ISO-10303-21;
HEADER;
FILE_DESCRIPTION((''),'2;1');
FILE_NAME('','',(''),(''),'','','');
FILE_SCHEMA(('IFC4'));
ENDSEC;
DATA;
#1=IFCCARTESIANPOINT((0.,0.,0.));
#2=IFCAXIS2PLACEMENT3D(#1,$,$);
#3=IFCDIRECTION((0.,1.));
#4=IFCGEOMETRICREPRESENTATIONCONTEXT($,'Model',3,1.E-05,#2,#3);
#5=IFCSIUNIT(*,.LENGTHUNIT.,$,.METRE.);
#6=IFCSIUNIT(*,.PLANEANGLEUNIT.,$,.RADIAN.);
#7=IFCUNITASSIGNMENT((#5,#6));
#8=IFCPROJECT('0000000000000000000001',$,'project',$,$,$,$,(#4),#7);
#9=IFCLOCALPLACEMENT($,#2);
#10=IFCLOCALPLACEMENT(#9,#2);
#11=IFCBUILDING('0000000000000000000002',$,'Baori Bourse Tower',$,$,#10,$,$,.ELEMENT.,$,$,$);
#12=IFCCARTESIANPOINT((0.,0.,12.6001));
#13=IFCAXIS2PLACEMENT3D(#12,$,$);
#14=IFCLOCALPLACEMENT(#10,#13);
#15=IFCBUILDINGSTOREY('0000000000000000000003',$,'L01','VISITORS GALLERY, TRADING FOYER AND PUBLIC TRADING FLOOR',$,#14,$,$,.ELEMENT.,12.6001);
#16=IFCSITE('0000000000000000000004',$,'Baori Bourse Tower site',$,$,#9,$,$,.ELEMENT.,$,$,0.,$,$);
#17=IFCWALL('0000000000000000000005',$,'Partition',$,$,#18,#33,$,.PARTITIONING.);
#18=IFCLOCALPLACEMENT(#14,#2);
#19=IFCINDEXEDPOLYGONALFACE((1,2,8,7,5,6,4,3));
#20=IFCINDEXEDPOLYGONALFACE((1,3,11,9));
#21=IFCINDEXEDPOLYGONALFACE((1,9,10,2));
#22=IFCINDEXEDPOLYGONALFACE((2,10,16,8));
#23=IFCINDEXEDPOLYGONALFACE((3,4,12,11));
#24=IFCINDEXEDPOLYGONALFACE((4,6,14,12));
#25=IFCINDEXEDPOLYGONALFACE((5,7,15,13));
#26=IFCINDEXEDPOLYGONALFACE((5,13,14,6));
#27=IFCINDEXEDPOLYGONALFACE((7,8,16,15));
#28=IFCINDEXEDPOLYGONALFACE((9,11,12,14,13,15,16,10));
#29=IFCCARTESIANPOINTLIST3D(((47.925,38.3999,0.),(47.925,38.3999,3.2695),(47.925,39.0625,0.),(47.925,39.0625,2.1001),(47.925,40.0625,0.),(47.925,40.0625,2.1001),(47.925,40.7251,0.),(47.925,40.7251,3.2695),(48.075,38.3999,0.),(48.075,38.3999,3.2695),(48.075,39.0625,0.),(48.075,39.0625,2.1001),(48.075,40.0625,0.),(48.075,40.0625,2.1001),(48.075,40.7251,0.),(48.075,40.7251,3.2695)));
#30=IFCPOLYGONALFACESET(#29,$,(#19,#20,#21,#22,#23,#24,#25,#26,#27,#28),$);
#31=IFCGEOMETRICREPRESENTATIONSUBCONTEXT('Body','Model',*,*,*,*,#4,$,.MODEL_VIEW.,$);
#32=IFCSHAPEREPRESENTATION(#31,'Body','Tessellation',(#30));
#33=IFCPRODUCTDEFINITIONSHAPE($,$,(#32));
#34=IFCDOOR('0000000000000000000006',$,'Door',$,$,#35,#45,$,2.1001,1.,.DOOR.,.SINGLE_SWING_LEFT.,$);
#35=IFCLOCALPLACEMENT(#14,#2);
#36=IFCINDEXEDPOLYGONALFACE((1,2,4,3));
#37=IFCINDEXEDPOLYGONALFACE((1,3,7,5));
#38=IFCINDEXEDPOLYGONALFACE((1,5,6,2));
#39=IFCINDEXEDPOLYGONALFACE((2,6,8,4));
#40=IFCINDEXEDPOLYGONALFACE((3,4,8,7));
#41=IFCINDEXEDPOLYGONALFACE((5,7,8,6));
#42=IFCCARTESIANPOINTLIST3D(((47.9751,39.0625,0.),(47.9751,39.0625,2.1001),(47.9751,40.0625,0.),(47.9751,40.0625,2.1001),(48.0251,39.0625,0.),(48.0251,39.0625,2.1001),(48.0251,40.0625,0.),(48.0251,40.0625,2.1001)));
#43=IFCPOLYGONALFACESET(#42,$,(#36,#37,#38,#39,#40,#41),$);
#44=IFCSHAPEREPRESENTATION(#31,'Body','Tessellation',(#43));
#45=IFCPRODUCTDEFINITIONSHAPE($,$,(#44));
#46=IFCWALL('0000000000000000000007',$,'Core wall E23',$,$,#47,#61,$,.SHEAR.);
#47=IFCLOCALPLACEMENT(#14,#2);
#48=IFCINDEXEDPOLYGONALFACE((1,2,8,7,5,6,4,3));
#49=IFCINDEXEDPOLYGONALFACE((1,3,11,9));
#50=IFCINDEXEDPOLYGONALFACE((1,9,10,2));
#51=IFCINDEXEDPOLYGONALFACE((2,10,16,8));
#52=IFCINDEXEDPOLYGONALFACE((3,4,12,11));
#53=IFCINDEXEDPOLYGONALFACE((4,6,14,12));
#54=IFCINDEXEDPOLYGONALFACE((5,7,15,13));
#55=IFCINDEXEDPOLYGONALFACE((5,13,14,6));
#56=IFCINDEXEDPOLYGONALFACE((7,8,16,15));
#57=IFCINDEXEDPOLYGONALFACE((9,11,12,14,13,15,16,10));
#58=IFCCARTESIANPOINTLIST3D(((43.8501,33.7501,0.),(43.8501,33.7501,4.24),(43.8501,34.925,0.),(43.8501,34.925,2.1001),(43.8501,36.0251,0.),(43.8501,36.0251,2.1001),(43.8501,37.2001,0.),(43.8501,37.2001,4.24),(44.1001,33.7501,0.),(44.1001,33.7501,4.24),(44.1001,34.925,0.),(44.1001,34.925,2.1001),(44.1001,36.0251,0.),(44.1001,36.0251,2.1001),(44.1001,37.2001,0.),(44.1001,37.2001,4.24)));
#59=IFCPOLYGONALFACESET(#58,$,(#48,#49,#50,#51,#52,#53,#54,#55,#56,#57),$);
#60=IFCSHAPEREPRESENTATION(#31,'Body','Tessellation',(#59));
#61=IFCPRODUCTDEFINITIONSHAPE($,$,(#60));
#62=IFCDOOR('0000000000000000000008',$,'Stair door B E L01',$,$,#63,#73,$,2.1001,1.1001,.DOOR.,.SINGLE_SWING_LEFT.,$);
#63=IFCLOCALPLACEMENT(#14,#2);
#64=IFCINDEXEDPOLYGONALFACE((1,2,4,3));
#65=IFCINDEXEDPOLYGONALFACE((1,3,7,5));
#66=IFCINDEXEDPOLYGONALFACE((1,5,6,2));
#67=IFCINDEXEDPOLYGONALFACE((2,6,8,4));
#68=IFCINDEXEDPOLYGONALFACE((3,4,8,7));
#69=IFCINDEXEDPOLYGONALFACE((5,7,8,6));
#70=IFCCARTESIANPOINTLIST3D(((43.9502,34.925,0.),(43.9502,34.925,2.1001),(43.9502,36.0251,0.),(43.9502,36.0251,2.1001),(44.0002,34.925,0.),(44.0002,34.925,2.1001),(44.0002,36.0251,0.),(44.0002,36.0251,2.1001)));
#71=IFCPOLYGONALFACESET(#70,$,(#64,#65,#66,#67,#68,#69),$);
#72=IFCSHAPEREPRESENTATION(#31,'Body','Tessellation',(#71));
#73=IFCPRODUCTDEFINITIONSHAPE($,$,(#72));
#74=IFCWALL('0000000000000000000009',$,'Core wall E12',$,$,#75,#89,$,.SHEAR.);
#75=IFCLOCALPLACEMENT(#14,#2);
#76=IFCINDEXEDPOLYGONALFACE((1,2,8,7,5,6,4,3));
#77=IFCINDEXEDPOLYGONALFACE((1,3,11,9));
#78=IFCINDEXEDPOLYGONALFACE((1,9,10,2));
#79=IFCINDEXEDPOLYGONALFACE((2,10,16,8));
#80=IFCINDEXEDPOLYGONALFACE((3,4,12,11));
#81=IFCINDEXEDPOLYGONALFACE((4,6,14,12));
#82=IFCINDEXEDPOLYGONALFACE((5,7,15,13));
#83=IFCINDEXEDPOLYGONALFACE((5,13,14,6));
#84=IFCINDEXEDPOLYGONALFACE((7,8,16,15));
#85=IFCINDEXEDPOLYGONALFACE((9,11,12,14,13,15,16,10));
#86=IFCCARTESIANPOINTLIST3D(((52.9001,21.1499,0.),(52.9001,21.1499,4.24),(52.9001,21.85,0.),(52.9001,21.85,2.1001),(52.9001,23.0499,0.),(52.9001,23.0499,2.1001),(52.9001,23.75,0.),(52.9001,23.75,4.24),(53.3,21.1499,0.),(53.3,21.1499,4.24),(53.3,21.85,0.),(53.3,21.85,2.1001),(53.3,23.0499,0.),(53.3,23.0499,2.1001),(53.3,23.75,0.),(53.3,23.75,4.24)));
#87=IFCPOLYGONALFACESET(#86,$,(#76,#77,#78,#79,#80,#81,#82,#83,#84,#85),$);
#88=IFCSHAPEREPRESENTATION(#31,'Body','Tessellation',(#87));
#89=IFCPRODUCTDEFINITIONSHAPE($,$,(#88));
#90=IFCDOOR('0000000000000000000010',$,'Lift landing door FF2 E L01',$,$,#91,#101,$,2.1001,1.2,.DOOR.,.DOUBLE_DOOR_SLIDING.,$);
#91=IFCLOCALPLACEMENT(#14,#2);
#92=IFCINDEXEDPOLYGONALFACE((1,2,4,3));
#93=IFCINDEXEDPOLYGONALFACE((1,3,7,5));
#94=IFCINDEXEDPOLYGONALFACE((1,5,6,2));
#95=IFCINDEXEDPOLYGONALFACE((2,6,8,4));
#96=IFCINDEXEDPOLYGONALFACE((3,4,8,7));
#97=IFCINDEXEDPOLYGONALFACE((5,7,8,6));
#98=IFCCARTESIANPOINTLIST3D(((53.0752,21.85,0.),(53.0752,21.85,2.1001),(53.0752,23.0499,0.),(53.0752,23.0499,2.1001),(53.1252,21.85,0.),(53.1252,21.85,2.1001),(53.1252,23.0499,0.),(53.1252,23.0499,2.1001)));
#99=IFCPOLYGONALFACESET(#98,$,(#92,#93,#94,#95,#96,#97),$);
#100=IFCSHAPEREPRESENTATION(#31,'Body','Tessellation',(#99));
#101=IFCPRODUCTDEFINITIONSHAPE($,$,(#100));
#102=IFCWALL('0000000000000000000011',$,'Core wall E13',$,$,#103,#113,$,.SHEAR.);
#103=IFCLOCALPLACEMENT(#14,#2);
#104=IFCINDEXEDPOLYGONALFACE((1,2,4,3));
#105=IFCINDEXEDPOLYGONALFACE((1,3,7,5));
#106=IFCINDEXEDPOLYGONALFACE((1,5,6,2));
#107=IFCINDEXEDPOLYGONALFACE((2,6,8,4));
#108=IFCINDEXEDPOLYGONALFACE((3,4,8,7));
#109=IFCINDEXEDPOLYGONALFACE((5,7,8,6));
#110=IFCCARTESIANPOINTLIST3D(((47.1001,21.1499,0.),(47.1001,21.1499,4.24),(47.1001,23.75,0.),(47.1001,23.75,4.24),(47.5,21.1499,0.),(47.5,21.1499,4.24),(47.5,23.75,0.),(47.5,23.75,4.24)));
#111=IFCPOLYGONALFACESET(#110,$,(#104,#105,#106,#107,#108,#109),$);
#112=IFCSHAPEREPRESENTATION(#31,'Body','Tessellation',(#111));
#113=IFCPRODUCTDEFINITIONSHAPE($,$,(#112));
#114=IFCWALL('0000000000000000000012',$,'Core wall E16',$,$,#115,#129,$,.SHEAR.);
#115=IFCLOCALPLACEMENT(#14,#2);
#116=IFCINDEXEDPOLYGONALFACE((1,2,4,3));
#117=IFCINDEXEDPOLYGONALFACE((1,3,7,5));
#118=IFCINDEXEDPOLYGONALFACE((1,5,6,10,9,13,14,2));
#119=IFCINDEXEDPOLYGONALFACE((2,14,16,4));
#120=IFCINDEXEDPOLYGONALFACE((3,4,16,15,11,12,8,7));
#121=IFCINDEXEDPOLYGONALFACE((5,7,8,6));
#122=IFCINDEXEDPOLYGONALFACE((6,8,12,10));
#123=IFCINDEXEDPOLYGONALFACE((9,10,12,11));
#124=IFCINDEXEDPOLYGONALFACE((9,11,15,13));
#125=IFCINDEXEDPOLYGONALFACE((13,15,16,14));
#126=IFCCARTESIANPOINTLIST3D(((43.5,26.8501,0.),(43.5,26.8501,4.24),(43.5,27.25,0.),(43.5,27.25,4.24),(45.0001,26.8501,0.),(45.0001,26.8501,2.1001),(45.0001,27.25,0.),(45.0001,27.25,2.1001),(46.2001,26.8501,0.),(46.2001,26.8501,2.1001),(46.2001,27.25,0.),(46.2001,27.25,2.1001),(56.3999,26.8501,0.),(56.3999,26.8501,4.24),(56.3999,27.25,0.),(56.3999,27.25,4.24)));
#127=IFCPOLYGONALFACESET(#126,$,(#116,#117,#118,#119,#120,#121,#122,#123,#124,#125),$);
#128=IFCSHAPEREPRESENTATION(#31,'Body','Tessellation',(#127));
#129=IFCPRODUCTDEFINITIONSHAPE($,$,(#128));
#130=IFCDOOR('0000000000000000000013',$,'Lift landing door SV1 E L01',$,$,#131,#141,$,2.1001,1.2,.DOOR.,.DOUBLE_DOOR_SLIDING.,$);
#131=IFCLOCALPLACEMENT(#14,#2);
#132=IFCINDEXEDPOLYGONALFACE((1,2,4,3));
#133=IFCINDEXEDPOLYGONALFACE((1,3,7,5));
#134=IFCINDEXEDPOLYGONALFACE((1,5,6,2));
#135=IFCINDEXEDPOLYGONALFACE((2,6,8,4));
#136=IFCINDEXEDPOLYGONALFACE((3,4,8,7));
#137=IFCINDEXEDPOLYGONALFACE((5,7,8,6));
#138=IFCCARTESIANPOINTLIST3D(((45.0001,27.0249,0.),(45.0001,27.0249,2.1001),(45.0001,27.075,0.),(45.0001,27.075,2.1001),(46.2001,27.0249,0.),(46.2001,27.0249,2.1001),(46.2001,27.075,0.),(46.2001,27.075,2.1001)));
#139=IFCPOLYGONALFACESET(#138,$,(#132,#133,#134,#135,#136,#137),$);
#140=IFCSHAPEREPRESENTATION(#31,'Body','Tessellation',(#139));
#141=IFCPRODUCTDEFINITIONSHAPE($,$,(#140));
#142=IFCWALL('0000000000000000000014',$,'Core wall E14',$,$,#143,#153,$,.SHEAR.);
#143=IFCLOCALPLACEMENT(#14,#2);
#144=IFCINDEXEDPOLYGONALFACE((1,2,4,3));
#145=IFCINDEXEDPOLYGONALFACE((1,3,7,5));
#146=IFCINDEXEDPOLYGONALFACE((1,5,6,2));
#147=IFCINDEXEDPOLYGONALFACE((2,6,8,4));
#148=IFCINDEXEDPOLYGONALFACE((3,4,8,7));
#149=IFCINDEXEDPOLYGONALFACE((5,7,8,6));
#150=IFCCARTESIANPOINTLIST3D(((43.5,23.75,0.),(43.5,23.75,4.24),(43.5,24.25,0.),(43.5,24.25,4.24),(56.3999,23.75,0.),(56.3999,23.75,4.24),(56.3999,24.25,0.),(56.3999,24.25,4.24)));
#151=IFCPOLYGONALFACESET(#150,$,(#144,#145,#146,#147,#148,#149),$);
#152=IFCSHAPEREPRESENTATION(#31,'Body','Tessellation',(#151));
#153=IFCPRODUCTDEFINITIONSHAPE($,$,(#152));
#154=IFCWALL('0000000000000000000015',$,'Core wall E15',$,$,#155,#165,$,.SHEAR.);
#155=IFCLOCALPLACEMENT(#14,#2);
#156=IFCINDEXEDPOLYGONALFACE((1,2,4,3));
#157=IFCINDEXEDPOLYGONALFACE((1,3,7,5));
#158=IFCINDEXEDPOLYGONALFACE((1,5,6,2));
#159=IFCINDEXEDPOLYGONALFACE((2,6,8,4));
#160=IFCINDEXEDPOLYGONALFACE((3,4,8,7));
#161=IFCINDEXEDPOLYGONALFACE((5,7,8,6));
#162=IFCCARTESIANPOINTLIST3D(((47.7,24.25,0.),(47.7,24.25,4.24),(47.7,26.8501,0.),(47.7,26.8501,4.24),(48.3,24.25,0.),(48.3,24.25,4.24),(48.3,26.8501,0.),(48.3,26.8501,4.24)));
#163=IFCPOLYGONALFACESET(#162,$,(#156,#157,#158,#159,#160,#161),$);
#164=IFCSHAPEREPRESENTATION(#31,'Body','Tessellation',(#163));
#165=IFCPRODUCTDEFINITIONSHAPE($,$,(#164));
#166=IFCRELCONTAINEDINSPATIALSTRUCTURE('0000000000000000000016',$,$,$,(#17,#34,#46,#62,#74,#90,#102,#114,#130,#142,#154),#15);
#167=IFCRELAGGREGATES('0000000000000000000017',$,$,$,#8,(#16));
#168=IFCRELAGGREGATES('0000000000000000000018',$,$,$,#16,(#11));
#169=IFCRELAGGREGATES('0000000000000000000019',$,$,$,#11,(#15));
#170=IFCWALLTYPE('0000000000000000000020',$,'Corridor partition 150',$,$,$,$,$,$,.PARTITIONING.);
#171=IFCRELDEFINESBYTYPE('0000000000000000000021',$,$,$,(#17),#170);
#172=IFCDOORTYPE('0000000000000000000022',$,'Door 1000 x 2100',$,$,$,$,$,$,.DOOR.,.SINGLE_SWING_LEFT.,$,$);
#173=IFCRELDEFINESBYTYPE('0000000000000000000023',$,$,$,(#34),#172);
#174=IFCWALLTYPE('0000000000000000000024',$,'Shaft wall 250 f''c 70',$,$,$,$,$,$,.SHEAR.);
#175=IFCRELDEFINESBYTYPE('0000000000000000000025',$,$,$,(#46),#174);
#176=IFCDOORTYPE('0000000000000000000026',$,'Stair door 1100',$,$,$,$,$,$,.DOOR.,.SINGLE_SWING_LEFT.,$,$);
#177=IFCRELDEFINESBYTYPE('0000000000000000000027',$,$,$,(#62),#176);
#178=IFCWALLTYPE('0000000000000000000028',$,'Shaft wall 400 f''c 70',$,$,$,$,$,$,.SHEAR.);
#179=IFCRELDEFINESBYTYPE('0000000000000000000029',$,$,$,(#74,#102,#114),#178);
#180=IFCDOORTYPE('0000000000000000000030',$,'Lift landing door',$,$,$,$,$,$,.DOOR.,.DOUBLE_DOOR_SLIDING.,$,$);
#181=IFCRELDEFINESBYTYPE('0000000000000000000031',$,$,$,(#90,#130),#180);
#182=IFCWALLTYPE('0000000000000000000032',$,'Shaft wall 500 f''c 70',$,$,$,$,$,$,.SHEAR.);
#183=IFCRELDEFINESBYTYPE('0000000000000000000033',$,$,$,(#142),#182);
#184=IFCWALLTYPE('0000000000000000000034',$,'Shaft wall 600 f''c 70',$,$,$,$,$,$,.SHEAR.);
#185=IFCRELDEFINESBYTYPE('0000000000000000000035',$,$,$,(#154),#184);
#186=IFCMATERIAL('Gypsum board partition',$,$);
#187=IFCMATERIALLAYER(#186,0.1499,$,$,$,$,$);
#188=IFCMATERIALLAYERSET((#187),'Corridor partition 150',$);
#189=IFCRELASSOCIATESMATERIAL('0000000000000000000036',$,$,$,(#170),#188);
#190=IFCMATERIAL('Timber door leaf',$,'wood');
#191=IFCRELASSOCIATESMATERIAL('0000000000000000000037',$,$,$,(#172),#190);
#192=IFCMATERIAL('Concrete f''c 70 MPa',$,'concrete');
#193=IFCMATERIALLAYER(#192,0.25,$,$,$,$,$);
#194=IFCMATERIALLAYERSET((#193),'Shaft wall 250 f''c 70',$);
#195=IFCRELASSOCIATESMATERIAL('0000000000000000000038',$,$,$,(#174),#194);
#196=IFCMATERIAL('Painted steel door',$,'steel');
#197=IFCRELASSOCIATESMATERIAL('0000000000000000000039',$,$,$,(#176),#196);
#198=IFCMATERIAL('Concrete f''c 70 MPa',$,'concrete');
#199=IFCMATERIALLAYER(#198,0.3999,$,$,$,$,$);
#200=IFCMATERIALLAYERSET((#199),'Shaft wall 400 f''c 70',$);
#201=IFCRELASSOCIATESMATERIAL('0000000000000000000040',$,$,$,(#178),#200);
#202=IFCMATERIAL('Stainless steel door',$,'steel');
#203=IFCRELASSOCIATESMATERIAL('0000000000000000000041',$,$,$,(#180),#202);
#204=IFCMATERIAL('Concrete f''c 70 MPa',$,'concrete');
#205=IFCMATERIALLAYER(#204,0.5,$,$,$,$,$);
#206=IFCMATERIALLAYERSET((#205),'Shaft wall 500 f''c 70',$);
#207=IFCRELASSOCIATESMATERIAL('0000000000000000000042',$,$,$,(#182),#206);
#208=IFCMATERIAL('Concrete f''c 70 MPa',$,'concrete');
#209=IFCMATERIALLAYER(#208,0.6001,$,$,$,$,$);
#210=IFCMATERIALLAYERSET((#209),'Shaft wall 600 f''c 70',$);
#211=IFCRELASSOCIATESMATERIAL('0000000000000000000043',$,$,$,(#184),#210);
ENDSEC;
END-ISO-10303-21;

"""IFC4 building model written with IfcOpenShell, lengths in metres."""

from ifc_helpers import new_model, si_unit, direction, frame, frame_2d, origin, place, context, subcontext, project, spatial, rectangle, extrude, material, layer, layer_set, type_object, element, fill, save


model = new_model("IFC4")

# Units and contexts
model_context = context("Model", 3, precision=1e-05, world=origin(), true_north=direction((0.0, 1.0)))
body_context = subcontext(model_context, "Body", "Model", "MODEL_VIEW")
ifc_project = project(units=[si_unit("LENGTHUNIT", "METRE"), si_unit("PLANEANGLEUNIT", "RADIAN")], contexts=[model_context])

# Site, building, storey
site_placement = place(None, origin())
site = spatial("IfcSite", under=ifc_project, at=site_placement, Name="Baori Bourse Tower site", CompositionType="ELEMENT", RefElevation=0.0)
building_placement = place(site_placement, origin())
building = spatial("IfcBuilding", under=site, at=building_placement, Name="Baori Bourse Tower", CompositionType="ELEMENT")
storey_placement = place(building_placement, frame((0.0, 0.0, 12.6001)))
storey = spatial("IfcBuildingStorey", under=building, at=storey_placement, Name="L01", Description="VISITORS GALLERY, TRADING FOYER AND PUBLIC TRADING FLOOR", CompositionType="ELEMENT", Elevation=12.6001)

# Walls, openings, doors
ifc_material_1 = material(Name="Gypsum board partition")
ifc_layer_1 = layer(ifc_material_1, 0.1499)
ifc_layer_set_1 = layer_set([ifc_layer_1], Name="Corridor partition 150")
wall_type_1 = type_object("IfcWallType", Name="Corridor partition 150", PredefinedType="PARTITIONING", material=ifc_layer_set_1)
wall_1_placement = place(storey_placement, frame((48.0, 38.3999, 0.0), z_axis=(0.0, 0.0, 1.0), x_axis=(0.0, 1.0, 0.0)))
wall_1 = element("IfcWall", 1, at=wall_1_placement, inside=storey, type_object=wall_type_1, Name="Partition", PredefinedType="PARTITIONING", context=body_context, shape_type="SweptSolid", body=[
    extrude(rectangle(XDim=2.3252, YDim=0.1499, at=frame_2d((1.1626, 0.0))), origin(), (0.0, 0.0, 1.0), 3.2695),
])
opening_1_placement = place(wall_1_placement, frame((0.6626, 0.0, 0.0)))
opening_1 = element("IfcOpeningElement", 2, at=opening_1_placement, cuts=wall_1, PredefinedType="OPENING", context=body_context, shape_type="SweptSolid", body=[
    extrude(rectangle(XDim=1.0, YDim=2.1001, at=frame_2d((0.5, 1.05))), frame((0.0, 0.085, 0.0), z_axis=(0.0, -1.0, 0.0), x_axis=(1.0, 0.0, 0.0)), (0.0, 0.0, 1.0), 0.1699),
])
ifc_material_2 = material(Name="Timber door leaf", Category="wood")
door_type_1 = type_object("IfcDoorType", Name="Door 1000 x 2100", OperationType="SINGLE_SWING_LEFT", PredefinedType="DOOR", material=ifc_material_2)
door_1_placement = place(opening_1_placement, origin())
door_1 = element("IfcDoor", 3, at=door_1_placement, inside=storey, type_object=door_type_1, Name="Door", OperationType="SINGLE_SWING_LEFT", OverallHeight=2.1001, OverallWidth=1.0, PredefinedType="DOOR", context=body_context, shape_type="SweptSolid", body=[
    extrude(rectangle(XDim=1.0, YDim=2.1001, at=frame_2d((0.5, 1.05))), frame((0.0, 0.0249, 0.0), z_axis=(0.0, -1.0, 0.0), x_axis=(1.0, 0.0, 0.0)), (0.0, 0.0, 1.0), 0.05),
])
fill(opening_1, door_1)
ifc_material_3 = material(Name="Concrete f'c 70 MPa", Category="concrete")
ifc_layer_2 = layer(ifc_material_3, 0.25)
ifc_layer_set_2 = layer_set([ifc_layer_2], Name="Shaft wall 250 f'c 70")
wall_type_2 = type_object("IfcWallType", Name="Shaft wall 250 f'c 70", PredefinedType="SHEAR", material=ifc_layer_set_2)
wall_2_placement = place(storey_placement, frame((43.9751, 33.75, 0.0), z_axis=(0.0, 0.0, 1.0), x_axis=(0.0, 1.0, 0.0)))
wall_2 = element("IfcWall", 4, at=wall_2_placement, inside=storey, type_object=wall_type_2, Name="Core wall E23", PredefinedType="SHEAR", context=body_context, shape_type="SweptSolid", body=[
    extrude(rectangle(XDim=3.45, YDim=0.25, at=frame_2d((1.7251, 0.0))), origin(), (0.0, 0.0, 1.0), 4.24),
])
opening_2_placement = place(wall_2_placement, frame((1.175, 0.0, 0.0)))
opening_2 = element("IfcOpeningElement", 5, at=opening_2_placement, cuts=wall_2, PredefinedType="OPENING", context=body_context, shape_type="SweptSolid", body=[
    extrude(rectangle(XDim=1.1001, YDim=2.1001, at=frame_2d((0.55, 1.05))), frame((0.0, 0.135, 0.0), z_axis=(0.0, -1.0, 0.0), x_axis=(1.0, 0.0, 0.0)), (0.0, 0.0, 1.0), 0.27),
])
ifc_material_4 = material(Name="Painted steel door", Category="steel")
door_type_2 = type_object("IfcDoorType", Name="Stair door 1100", OperationType="SINGLE_SWING_LEFT", PredefinedType="DOOR", material=ifc_material_4)
door_2_placement = place(opening_2_placement, origin())
door_2 = element("IfcDoor", 6, at=door_2_placement, inside=storey, type_object=door_type_2, Name="Stair door B E L01", OperationType="SINGLE_SWING_LEFT", OverallHeight=2.1001, OverallWidth=1.1001, PredefinedType="DOOR", context=body_context, shape_type="SweptSolid", body=[
    extrude(rectangle(XDim=1.1001, YDim=2.1001, at=frame_2d((0.55, 1.05))), frame((0.0, 0.0249, 0.0), z_axis=(0.0, -1.0, 0.0), x_axis=(1.0, 0.0, 0.0)), (0.0, 0.0, 1.0), 0.05),
])
fill(opening_2, door_2)
ifc_material_5 = material(Name="Concrete f'c 70 MPa", Category="concrete")
ifc_layer_3 = layer(ifc_material_5, 0.3999)
ifc_layer_set_3 = layer_set([ifc_layer_3], Name="Shaft wall 400 f'c 70")
wall_type_3 = type_object("IfcWallType", Name="Shaft wall 400 f'c 70", PredefinedType="SHEAR", material=ifc_layer_set_3)
wall_3_placement = place(storey_placement, frame((53.1001, 21.1499, 0.0), z_axis=(0.0, 0.0, 1.0), x_axis=(0.0, 1.0, 0.0)))
wall_3 = element("IfcWall", 7, at=wall_3_placement, inside=storey, type_object=wall_type_3, Name="Core wall E12", PredefinedType="SHEAR", context=body_context, shape_type="SweptSolid", body=[
    extrude(rectangle(XDim=2.6001, YDim=0.3999, at=frame_2d((1.3, 0.0))), origin(), (0.0, 0.0, 1.0), 4.24),
])
opening_3_placement = place(wall_3_placement, frame((0.7, 0.0, 0.0)))
opening_3 = element("IfcOpeningElement", 8, at=opening_3_placement, cuts=wall_3, PredefinedType="OPENING", context=body_context, shape_type="SweptSolid", body=[
    extrude(rectangle(XDim=1.2, YDim=2.1001, at=frame_2d((0.6001, 1.05))), frame((0.0, 0.21, 0.0), z_axis=(0.0, -1.0, 0.0), x_axis=(1.0, 0.0, 0.0)), (0.0, 0.0, 1.0), 0.4199),
])
ifc_material_6 = material(Name="Stainless steel door", Category="steel")
door_type_3 = type_object("IfcDoorType", Name="Lift landing door", OperationType="DOUBLE_DOOR_SLIDING", PredefinedType="DOOR", material=ifc_material_6)
door_3_placement = place(opening_3_placement, origin())
door_3 = element("IfcDoor", 9, at=door_3_placement, inside=storey, type_object=door_type_3, Name="Lift landing door FF2 E L01", OperationType="DOUBLE_DOOR_SLIDING", OverallHeight=2.1001, OverallWidth=1.2, PredefinedType="DOOR", context=body_context, shape_type="SweptSolid", body=[
    extrude(rectangle(XDim=1.2, YDim=2.1001, at=frame_2d((0.6001, 1.05))), frame((0.0, 0.0249, 0.0), z_axis=(0.0, -1.0, 0.0), x_axis=(1.0, 0.0, 0.0)), (0.0, 0.0, 1.0), 0.05),
])
fill(opening_3, door_3)

# Wall
wall_4_placement = place(storey_placement, frame((47.3, 21.1499, 0.0), z_axis=(0.0, 0.0, 1.0), x_axis=(0.0, 1.0, 0.0)))
element("IfcWall", 10, at=wall_4_placement, inside=storey, type_object=wall_type_3, Name="Core wall E13", PredefinedType="SHEAR", context=body_context, shape_type="SweptSolid", body=[
    extrude(rectangle(XDim=2.6001, YDim=0.3999, at=frame_2d((1.3, 0.0))), origin(), (0.0, 0.0, 1.0), 4.24),
])

# Wall, opening, door
wall_5_placement = place(storey_placement, frame((43.5, 27.05, 0.0), z_axis=(0.0, 0.0, 1.0), x_axis=(1.0, 0.0, 0.0)))
wall_5 = element("IfcWall", 11, at=wall_5_placement, inside=storey, type_object=wall_type_3, Name="Core wall E16", PredefinedType="SHEAR", context=body_context, shape_type="SweptSolid", body=[
    extrude(rectangle(XDim=12.8999, YDim=0.3999, at=frame_2d((6.45, 0.0))), origin(), (0.0, 0.0, 1.0), 4.24),
])
opening_4_placement = place(wall_5_placement, frame((1.5, 0.0, 0.0)))
opening_4 = element("IfcOpeningElement", 12, at=opening_4_placement, cuts=wall_5, PredefinedType="OPENING", context=body_context, shape_type="SweptSolid", body=[
    extrude(rectangle(XDim=1.2, YDim=2.1001, at=frame_2d((0.6001, 1.05))), frame((0.0, 0.21, 0.0), z_axis=(0.0, -1.0, 0.0), x_axis=(1.0, 0.0, 0.0)), (0.0, 0.0, 1.0), 0.4199),
])
door_4_placement = place(opening_4_placement, origin())
door_4 = element("IfcDoor", 13, at=door_4_placement, inside=storey, type_object=door_type_3, Name="Lift landing door SV1 E L01", OperationType="DOUBLE_DOOR_SLIDING", OverallHeight=2.1001, OverallWidth=1.2, PredefinedType="DOOR", context=body_context, shape_type="SweptSolid", body=[
    extrude(rectangle(XDim=1.2, YDim=2.1001, at=frame_2d((0.6001, 1.05))), frame((0.0, 0.0249, 0.0), z_axis=(0.0, -1.0, 0.0), x_axis=(1.0, 0.0, 0.0)), (0.0, 0.0, 1.0), 0.05),
])
fill(opening_4, door_4)

# Walls
ifc_material_7 = material(Name="Concrete f'c 70 MPa", Category="concrete")
ifc_layer_4 = layer(ifc_material_7, 0.5)
ifc_layer_set_4 = layer_set([ifc_layer_4], Name="Shaft wall 500 f'c 70")
wall_type_4 = type_object("IfcWallType", Name="Shaft wall 500 f'c 70", PredefinedType="SHEAR", material=ifc_layer_set_4)
wall_6_placement = place(storey_placement, frame((43.5, 24.0, 0.0), z_axis=(0.0, 0.0, 1.0), x_axis=(1.0, 0.0, 0.0)))
element("IfcWall", 14, at=wall_6_placement, inside=storey, type_object=wall_type_4, Name="Core wall E14", PredefinedType="SHEAR", context=body_context, shape_type="SweptSolid", body=[
    extrude(rectangle(XDim=12.8999, YDim=0.5, at=frame_2d((6.45, 0.0))), origin(), (0.0, 0.0, 1.0), 4.24),
])
ifc_material_8 = material(Name="Concrete f'c 70 MPa", Category="concrete")
ifc_layer_5 = layer(ifc_material_8, 0.6001)
ifc_layer_set_5 = layer_set([ifc_layer_5], Name="Shaft wall 600 f'c 70")
wall_type_5 = type_object("IfcWallType", Name="Shaft wall 600 f'c 70", PredefinedType="SHEAR", material=ifc_layer_set_5)
wall_7_placement = place(storey_placement, frame((48.0, 24.25, 0.0), z_axis=(0.0, 0.0, 1.0), x_axis=(0.0, 1.0, 0.0)))
element("IfcWall", 15, at=wall_7_placement, inside=storey, type_object=wall_type_5, Name="Core wall E15", PredefinedType="SHEAR", context=body_context, shape_type="SweptSolid", body=[
    extrude(rectangle(XDim=2.6001, YDim=0.6001, at=frame_2d((1.3, 0.0))), origin(), (0.0, 0.0, 1.0), 4.24),
])

save(model, "model.ifc")
